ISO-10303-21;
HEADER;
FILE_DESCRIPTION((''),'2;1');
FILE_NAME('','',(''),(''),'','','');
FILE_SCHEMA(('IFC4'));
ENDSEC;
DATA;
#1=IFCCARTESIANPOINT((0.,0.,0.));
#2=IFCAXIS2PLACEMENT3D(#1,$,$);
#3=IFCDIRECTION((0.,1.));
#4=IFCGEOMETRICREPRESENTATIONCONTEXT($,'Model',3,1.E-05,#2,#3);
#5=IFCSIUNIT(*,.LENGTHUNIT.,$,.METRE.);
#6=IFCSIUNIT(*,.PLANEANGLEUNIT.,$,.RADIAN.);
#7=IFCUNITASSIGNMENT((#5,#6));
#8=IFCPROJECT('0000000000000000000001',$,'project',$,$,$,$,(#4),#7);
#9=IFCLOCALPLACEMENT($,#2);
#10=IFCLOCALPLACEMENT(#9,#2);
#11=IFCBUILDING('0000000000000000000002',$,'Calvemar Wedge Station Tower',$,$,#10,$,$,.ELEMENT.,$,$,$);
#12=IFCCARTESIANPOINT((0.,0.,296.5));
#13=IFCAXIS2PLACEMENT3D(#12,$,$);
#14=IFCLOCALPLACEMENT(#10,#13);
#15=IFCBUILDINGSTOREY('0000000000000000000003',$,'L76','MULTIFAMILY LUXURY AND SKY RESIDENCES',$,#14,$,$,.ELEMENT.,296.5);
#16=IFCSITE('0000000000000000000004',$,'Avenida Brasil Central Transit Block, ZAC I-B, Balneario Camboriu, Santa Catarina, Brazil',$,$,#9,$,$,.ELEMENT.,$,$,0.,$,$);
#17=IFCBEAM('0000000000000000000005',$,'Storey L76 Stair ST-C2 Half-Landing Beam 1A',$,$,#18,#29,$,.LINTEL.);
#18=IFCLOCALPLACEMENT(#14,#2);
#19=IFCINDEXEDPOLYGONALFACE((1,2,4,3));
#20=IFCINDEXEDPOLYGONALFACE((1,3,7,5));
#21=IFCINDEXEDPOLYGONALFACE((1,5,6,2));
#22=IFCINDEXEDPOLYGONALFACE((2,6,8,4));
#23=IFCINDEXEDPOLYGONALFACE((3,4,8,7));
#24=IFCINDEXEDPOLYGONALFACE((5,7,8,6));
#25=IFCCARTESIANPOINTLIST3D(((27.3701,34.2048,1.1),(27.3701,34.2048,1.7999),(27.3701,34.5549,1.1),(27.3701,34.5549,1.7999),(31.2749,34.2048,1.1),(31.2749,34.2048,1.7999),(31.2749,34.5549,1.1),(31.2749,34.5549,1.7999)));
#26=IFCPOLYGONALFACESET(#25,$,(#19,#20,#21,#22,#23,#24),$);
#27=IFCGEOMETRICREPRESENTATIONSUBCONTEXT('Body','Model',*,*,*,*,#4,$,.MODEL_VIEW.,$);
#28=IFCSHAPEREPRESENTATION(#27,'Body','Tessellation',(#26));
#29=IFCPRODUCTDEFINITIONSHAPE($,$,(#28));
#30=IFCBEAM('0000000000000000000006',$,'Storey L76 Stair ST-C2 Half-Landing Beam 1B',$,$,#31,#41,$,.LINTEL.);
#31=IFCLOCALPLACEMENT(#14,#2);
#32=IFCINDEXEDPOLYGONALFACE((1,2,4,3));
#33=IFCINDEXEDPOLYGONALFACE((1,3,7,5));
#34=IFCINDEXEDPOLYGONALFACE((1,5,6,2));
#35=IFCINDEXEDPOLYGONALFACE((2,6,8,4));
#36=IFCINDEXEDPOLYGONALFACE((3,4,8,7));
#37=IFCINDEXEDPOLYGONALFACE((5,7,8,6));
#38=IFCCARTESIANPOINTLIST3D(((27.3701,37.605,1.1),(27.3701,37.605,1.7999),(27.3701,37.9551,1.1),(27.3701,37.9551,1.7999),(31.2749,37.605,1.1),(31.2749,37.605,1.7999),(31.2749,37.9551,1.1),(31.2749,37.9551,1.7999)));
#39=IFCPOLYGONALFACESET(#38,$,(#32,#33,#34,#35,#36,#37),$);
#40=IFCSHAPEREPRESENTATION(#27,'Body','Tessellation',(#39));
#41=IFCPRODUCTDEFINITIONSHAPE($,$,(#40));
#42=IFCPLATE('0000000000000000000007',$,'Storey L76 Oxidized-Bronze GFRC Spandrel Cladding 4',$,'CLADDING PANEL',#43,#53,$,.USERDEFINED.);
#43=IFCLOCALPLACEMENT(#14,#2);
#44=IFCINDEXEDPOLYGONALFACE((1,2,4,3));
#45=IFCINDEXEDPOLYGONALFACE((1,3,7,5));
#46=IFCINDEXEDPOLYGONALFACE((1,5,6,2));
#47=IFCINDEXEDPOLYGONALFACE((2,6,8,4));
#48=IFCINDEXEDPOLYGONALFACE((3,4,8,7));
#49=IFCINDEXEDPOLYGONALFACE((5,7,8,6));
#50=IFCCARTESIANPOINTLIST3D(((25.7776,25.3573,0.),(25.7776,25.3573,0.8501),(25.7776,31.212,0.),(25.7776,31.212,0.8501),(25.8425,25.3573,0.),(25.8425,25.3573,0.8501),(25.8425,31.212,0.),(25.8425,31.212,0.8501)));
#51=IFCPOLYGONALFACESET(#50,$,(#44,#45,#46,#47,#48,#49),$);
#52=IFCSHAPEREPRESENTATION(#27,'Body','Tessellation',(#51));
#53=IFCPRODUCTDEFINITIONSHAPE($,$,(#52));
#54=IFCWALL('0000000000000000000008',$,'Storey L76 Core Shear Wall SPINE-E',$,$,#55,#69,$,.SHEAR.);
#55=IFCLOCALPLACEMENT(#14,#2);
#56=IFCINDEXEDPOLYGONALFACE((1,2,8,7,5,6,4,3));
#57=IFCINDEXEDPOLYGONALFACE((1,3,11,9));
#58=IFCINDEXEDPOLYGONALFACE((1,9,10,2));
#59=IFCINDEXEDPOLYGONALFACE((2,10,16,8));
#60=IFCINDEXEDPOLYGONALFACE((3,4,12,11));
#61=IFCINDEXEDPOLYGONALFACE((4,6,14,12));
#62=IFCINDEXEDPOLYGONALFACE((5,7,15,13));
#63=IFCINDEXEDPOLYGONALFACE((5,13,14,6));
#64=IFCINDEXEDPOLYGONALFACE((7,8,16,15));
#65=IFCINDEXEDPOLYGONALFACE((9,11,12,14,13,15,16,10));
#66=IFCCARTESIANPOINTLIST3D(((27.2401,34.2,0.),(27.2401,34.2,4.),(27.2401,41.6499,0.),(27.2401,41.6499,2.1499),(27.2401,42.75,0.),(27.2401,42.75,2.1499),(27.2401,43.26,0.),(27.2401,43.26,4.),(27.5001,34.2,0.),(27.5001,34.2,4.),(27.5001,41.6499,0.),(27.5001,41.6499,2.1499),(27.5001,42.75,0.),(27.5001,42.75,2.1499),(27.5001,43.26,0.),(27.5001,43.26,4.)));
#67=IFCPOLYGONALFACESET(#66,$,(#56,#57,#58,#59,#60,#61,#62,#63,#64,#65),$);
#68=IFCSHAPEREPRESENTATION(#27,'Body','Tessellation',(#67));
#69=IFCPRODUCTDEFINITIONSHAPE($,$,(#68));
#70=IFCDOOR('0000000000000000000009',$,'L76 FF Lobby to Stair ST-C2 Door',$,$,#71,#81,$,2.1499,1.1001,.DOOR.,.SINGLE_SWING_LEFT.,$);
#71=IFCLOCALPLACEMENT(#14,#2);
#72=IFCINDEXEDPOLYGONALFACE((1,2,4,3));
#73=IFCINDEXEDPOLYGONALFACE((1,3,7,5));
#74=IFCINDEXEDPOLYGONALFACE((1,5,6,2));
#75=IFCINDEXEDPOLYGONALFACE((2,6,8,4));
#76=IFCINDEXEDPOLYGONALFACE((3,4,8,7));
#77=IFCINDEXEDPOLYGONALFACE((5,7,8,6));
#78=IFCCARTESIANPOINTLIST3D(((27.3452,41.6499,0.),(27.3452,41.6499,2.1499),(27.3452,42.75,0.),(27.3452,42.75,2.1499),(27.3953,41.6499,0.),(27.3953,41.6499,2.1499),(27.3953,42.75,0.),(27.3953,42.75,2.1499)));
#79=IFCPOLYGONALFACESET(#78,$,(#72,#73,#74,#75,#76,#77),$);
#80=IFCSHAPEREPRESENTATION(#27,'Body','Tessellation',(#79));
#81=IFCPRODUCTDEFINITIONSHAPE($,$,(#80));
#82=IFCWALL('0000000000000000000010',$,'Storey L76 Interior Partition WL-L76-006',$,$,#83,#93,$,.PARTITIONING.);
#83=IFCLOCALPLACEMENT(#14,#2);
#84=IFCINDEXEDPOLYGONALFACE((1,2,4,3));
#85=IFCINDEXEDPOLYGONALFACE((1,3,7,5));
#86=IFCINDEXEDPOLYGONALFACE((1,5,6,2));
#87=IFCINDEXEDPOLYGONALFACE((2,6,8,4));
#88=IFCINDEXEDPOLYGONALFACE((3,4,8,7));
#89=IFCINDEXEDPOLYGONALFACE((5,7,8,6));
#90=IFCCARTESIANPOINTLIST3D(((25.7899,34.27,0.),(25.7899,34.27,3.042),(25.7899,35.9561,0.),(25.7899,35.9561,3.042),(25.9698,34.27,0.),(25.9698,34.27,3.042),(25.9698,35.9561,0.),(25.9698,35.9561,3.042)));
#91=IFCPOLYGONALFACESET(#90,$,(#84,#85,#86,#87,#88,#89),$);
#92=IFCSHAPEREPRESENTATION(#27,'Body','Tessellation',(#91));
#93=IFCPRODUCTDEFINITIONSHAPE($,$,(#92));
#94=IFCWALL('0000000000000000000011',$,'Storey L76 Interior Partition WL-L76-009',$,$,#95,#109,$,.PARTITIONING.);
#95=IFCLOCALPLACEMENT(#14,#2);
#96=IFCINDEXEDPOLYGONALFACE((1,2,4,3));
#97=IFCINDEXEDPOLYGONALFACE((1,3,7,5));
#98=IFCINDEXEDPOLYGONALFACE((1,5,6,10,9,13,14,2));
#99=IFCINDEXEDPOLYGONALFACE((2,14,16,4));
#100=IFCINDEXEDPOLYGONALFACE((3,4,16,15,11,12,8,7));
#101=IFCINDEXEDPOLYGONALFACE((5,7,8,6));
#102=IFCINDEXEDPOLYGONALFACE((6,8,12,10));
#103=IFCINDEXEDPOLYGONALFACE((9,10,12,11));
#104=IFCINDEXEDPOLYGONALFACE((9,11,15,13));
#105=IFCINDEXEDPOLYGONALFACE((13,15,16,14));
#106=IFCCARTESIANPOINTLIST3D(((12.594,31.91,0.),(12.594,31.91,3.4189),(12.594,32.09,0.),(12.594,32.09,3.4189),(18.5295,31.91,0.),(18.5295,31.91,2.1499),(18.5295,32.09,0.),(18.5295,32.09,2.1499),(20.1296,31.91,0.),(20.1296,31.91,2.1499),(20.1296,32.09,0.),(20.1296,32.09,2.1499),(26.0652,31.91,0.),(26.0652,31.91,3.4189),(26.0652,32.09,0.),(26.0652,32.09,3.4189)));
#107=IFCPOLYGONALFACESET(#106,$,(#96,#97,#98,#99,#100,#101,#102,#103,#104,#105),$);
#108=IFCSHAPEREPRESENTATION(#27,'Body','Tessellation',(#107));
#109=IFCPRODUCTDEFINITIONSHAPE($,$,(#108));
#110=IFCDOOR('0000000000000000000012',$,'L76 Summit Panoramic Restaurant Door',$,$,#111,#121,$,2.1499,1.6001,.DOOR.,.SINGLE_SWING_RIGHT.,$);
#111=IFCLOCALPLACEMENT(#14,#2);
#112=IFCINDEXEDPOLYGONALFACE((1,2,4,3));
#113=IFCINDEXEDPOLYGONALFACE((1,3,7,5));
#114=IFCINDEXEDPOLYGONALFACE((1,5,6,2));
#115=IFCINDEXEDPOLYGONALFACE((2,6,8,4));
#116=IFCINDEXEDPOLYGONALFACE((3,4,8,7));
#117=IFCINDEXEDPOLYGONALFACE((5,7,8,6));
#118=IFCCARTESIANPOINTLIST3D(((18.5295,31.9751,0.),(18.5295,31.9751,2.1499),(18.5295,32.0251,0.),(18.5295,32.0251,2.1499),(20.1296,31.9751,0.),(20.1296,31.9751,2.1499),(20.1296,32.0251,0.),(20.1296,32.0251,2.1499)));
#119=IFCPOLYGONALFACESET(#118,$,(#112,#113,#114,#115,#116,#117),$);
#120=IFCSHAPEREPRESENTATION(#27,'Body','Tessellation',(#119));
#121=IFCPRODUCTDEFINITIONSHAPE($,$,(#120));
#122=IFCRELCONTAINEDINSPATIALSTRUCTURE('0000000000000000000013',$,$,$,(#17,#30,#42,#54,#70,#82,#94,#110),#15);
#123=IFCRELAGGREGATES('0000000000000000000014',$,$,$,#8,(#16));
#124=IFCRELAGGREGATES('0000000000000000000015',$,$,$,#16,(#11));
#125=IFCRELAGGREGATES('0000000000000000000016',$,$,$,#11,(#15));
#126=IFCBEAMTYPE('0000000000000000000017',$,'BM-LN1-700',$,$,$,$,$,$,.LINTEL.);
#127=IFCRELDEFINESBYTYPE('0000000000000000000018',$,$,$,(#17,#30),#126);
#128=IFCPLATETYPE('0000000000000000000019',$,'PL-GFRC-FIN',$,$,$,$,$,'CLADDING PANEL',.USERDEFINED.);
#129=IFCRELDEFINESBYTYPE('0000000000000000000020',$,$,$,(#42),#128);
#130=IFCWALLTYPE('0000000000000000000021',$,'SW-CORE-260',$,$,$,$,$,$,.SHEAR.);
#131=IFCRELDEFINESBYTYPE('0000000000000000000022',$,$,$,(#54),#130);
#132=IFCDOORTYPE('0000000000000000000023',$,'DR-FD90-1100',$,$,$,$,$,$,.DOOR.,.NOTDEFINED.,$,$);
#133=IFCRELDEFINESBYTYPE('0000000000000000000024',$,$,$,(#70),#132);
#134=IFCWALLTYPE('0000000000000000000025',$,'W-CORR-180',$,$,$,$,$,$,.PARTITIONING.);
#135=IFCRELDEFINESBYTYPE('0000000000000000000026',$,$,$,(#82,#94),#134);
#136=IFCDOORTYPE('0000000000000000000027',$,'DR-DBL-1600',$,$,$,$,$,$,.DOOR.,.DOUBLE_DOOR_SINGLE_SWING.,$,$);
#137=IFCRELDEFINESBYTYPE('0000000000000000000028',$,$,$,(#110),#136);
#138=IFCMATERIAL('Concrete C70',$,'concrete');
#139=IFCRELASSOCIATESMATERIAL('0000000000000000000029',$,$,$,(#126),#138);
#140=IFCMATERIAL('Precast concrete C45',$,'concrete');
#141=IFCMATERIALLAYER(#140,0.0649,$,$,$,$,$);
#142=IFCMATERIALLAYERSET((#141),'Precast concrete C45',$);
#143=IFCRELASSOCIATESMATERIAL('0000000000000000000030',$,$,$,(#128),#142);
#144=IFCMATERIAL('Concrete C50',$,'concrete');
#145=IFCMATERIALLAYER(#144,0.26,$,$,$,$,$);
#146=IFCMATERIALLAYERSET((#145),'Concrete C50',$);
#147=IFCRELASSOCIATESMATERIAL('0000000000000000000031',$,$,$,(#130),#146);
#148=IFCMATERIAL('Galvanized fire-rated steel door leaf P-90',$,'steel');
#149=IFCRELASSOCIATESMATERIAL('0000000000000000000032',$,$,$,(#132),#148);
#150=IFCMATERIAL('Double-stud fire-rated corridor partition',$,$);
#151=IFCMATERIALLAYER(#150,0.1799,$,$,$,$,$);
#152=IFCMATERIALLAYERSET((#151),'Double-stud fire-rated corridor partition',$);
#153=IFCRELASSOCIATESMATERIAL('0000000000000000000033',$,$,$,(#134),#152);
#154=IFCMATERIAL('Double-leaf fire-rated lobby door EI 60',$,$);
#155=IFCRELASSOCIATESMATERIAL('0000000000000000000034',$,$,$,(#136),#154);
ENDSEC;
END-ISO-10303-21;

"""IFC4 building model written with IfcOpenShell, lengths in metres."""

from ifc_helpers import new_model, si_unit, direction, frame, frame_2d, origin, origin_2d, place, context, subcontext, project, spatial, rectangle, extrude, source, transform, mapped, material, layer, layer_set, material_profile, profile_set, type_object, element, fill, save


model = new_model("IFC4")

# Units and contexts
model_context = context("Model", 3, precision=1e-05, world=origin(), true_north=direction((0.0, 1.0)))
body_context = subcontext(model_context, "Body", "Model", "MODEL_VIEW")
ifc_project = project(units=[si_unit("LENGTHUNIT", "METRE"), si_unit("PLANEANGLEUNIT", "RADIAN")], contexts=[model_context])

# Site, building, storey
site_placement = place(None, origin())
site = spatial("IfcSite", under=ifc_project, at=site_placement, Name="Avenida Brasil Central Transit Block, ZAC I-B, Balneario Camboriu, Santa Catarina, Brazil", CompositionType="ELEMENT", RefElevation=0.0)
building_placement = place(site_placement, origin())
building = spatial("IfcBuilding", under=site, at=building_placement, Name="Calvemar Wedge Station Tower", CompositionType="ELEMENT")
storey_placement = place(building_placement, frame((0.0, 0.0, 296.5)))
storey = spatial("IfcBuildingStorey", under=building, at=storey_placement, Name="L76", Description="MULTIFAMILY LUXURY AND SKY RESIDENCES", CompositionType="ELEMENT", Elevation=296.5)

# Beams
ifc_material_1 = material(Name="Concrete C70", Category="concrete")
ifc_material_profile = material_profile(ifc_material_1, rectangle(XDim=0.3501, YDim=0.7, at=origin_2d()), Name="RC350x700")
ifc_profile_set = profile_set([ifc_material_profile], Name="Concrete C70")
beam_type = type_object("IfcBeamType", Name="BM-LN1-700", PredefinedType="LINTEL", material=ifc_profile_set)
shared_shape_1 = source(origin(), body_context, "Body", "SweptSolid", [
    extrude(rectangle(XDim=0.3501, YDim=0.7, at=origin_2d()), origin(), (0.0, 0.0, 1.0), 3.9048),
])
for number, where, z_axis, x_axis, name in (
    (1, (27.3701, 34.3799, 1.45), (1.0, 0.0, 0.0), (0.0, 1.0, 0.0), "Storey L76 Stair ST-C2 Half-Landing Beam 1A"),
    (2, (27.3701, 37.78, 1.45), (1.0, 0.0, 0.0), (0.0, 1.0, 0.0), "Storey L76 Stair ST-C2 Half-Landing Beam 1B"),
):
    element("IfcBeam", number, at=place(storey_placement, frame(where, z_axis=z_axis, x_axis=x_axis)), inside=storey, type_object=beam_type, Name=name, PredefinedType="LINTEL", context=body_context, shape_type="MappedRepresentation", body=[
        mapped(shared_shape_1, transform((0.0, 0.0, 0.0), scale=1.0)),
    ])

# Plate
ifc_material_2 = material(Name="Precast concrete C45", Category="concrete")
ifc_layer_1 = layer(ifc_material_2, 0.0649)
ifc_layer_set_1 = layer_set([ifc_layer_1], Name="Precast concrete C45")
plate_type = type_object("IfcPlateType", Name="PL-GFRC-FIN", ElementType="CLADDING PANEL", PredefinedType="USERDEFINED", material=ifc_layer_set_1)
plate_placement = place(storey_placement, frame((25.8101, 25.3574, 0.0), z_axis=(0.0, 0.0, 1.0), x_axis=(0.0, 1.0, 0.0)))
element("IfcPlate", 3, at=plate_placement, inside=storey, type_object=plate_type, Name="Storey L76 Oxidized-Bronze GFRC Spandrel Cladding 4", ObjectType="CLADDING PANEL", PredefinedType="USERDEFINED", context=body_context, shape_type="SweptSolid", body=[
    extrude(rectangle(XDim=5.8547, YDim=0.0649, at=frame_2d((2.9272, 0.0))), origin(), (0.0, 0.0, 1.0), 0.8501),
])

# Wall, opening, door
ifc_material_3 = material(Name="Concrete C50", Category="concrete")
ifc_layer_2 = layer(ifc_material_3, 0.26)
ifc_layer_set_2 = layer_set([ifc_layer_2], Name="Concrete C50")
wall_type_1 = type_object("IfcWallType", Name="SW-CORE-260", PredefinedType="SHEAR", material=ifc_layer_set_2)
wall_1_placement = place(storey_placement, frame((27.3701, 34.2, 0.0), z_axis=(0.0, 0.0, 1.0), x_axis=(0.0, 1.0, 0.0)))
wall_1 = element("IfcWall", 4, at=wall_1_placement, inside=storey, type_object=wall_type_1, Name="Storey L76 Core Shear Wall SPINE-E", PredefinedType="SHEAR", context=body_context, shape_type="SweptSolid", body=[
    extrude(rectangle(XDim=9.0601, YDim=0.26, at=frame_2d((4.53, 0.0))), origin(), (0.0, 0.0, 1.0), 4.0),
])
shared_shape_2 = source(origin(), body_context, "Body", "SweptSolid", [
    extrude(rectangle(XDim=1.1001, YDim=2.1499, at=frame_2d((0.55, 1.075))), frame((0.0, 0.1401, 0.0), z_axis=(0.0, -1.0, 0.0), x_axis=(1.0, 0.0, 0.0)), (0.0, 0.0, 1.0), 0.28),
])
opening_1_placement = place(wall_1_placement, frame((7.45, 0.0, 0.0)))
opening_1 = element("IfcOpeningElement", 5, at=opening_1_placement, cuts=wall_1, PredefinedType="OPENING", context=body_context, shape_type="MappedRepresentation", body=[
    mapped(shared_shape_2, transform((0.0, 0.0, 0.0), scale=1.0)),
])
ifc_material_4 = material(Name="Galvanized fire-rated steel door leaf P-90", Category="steel")
door_type_1 = type_object("IfcDoorType", Name="DR-FD90-1100", OperationType="NOTDEFINED", PredefinedType="DOOR", material=ifc_material_4)
shared_shape_3 = source(origin(), body_context, "Body", "SweptSolid", [
    extrude(rectangle(XDim=1.1001, YDim=2.1499, at=frame_2d((0.55, 1.075))), frame((0.0, 0.0249, 0.0), z_axis=(0.0, -1.0, 0.0), x_axis=(1.0, 0.0, 0.0)), (0.0, 0.0, 1.0), 0.05),
])
door_1_placement = place(opening_1_placement, origin())
door_1 = element("IfcDoor", 6, at=door_1_placement, inside=storey, type_object=door_type_1, Name="L76 FF Lobby to Stair ST-C2 Door", OperationType="SINGLE_SWING_LEFT", OverallHeight=2.1499, OverallWidth=1.1001, PredefinedType="DOOR", context=body_context, shape_type="MappedRepresentation", body=[
    mapped(shared_shape_3, transform((0.0, 0.0, 0.0), scale=1.0)),
])
fill(opening_1, door_1)
ifc_material_5 = material(Name="Double-stud fire-rated corridor partition")
ifc_layer_3 = layer(ifc_material_5, 0.1799)
ifc_layer_set_3 = layer_set([ifc_layer_3], Name="Double-stud fire-rated corridor partition")
wall_type_2 = type_object("IfcWallType", Name="W-CORR-180", PredefinedType="PARTITIONING", material=ifc_layer_set_3)

# Wall
wall_2_placement = place(storey_placement, frame((25.8799, 35.9561, 0.0), z_axis=(0.0, 0.0, 1.0), x_axis=(0.0, -1.0, 0.0)))
element("IfcWall", 7, at=wall_2_placement, inside=storey, type_object=wall_type_2, Name="Storey L76 Interior Partition WL-L76-006", PredefinedType="PARTITIONING", context=body_context, shape_type="SweptSolid", body=[
    extrude(rectangle(XDim=1.686, YDim=0.1799, at=frame_2d((0.843, 0.0))), origin(), (0.0, 0.0, 1.0), 3.042),
])

# Wall, opening, door
wall_3_placement = place(storey_placement, frame((26.0652, 32.0, 0.0), z_axis=(0.0, 0.0, 1.0), x_axis=(-1.0, 0.0, 0.0)))
wall_3 = element("IfcWall", 8, at=wall_3_placement, inside=storey, type_object=wall_type_2, Name="Storey L76 Interior Partition WL-L76-009", PredefinedType="PARTITIONING", context=body_context, shape_type="SweptSolid", body=[
    extrude(rectangle(XDim=13.4712, YDim=0.1799, at=frame_2d((6.7356, 0.0))), origin(), (0.0, 0.0, 1.0), 3.4189),
])
shared_shape_4 = source(origin(), body_context, "Body", "SweptSolid", [
    extrude(rectangle(XDim=1.6001, YDim=2.1499, at=frame_2d((0.8, 1.075))), frame((0.0, 0.1001, 0.0), z_axis=(0.0, -1.0, 0.0), x_axis=(1.0, 0.0, 0.0)), (0.0, 0.0, 1.0), 0.2),
])
opening_2_placement = place(wall_3_placement, frame((5.9355, 0.0, 0.0)))
opening_2 = element("IfcOpeningElement", 9, at=opening_2_placement, cuts=wall_3, PredefinedType="OPENING", context=body_context, shape_type="MappedRepresentation", body=[
    mapped(shared_shape_4, transform((0.0, 0.0, 0.0), scale=1.0)),
])
ifc_material_6 = material(Name="Double-leaf fire-rated lobby door EI 60")
door_type_2 = type_object("IfcDoorType", Name="DR-DBL-1600", OperationType="DOUBLE_DOOR_SINGLE_SWING", PredefinedType="DOOR", material=ifc_material_6)
shared_shape_5 = source(origin(), body_context, "Body", "SweptSolid", [
    extrude(rectangle(XDim=1.6001, YDim=2.1499, at=frame_2d((0.8, 1.075))), frame((0.0, 0.0249, 0.0), z_axis=(0.0, -1.0, 0.0), x_axis=(1.0, 0.0, 0.0)), (0.0, 0.0, 1.0), 0.05),
])
door_2_placement = place(opening_2_placement, origin())
door_2 = element("IfcDoor", 10, at=door_2_placement, inside=storey, type_object=door_type_2, Name="L76 Summit Panoramic Restaurant Door", OperationType="SINGLE_SWING_RIGHT", OverallHeight=2.1499, OverallWidth=1.6001, PredefinedType="DOOR", context=body_context, shape_type="MappedRepresentation", body=[
    mapped(shared_shape_5, transform((0.0, 0.0, 0.0), scale=1.0)),
])
fill(opening_2, door_2)

save(model, "model.ifc")
